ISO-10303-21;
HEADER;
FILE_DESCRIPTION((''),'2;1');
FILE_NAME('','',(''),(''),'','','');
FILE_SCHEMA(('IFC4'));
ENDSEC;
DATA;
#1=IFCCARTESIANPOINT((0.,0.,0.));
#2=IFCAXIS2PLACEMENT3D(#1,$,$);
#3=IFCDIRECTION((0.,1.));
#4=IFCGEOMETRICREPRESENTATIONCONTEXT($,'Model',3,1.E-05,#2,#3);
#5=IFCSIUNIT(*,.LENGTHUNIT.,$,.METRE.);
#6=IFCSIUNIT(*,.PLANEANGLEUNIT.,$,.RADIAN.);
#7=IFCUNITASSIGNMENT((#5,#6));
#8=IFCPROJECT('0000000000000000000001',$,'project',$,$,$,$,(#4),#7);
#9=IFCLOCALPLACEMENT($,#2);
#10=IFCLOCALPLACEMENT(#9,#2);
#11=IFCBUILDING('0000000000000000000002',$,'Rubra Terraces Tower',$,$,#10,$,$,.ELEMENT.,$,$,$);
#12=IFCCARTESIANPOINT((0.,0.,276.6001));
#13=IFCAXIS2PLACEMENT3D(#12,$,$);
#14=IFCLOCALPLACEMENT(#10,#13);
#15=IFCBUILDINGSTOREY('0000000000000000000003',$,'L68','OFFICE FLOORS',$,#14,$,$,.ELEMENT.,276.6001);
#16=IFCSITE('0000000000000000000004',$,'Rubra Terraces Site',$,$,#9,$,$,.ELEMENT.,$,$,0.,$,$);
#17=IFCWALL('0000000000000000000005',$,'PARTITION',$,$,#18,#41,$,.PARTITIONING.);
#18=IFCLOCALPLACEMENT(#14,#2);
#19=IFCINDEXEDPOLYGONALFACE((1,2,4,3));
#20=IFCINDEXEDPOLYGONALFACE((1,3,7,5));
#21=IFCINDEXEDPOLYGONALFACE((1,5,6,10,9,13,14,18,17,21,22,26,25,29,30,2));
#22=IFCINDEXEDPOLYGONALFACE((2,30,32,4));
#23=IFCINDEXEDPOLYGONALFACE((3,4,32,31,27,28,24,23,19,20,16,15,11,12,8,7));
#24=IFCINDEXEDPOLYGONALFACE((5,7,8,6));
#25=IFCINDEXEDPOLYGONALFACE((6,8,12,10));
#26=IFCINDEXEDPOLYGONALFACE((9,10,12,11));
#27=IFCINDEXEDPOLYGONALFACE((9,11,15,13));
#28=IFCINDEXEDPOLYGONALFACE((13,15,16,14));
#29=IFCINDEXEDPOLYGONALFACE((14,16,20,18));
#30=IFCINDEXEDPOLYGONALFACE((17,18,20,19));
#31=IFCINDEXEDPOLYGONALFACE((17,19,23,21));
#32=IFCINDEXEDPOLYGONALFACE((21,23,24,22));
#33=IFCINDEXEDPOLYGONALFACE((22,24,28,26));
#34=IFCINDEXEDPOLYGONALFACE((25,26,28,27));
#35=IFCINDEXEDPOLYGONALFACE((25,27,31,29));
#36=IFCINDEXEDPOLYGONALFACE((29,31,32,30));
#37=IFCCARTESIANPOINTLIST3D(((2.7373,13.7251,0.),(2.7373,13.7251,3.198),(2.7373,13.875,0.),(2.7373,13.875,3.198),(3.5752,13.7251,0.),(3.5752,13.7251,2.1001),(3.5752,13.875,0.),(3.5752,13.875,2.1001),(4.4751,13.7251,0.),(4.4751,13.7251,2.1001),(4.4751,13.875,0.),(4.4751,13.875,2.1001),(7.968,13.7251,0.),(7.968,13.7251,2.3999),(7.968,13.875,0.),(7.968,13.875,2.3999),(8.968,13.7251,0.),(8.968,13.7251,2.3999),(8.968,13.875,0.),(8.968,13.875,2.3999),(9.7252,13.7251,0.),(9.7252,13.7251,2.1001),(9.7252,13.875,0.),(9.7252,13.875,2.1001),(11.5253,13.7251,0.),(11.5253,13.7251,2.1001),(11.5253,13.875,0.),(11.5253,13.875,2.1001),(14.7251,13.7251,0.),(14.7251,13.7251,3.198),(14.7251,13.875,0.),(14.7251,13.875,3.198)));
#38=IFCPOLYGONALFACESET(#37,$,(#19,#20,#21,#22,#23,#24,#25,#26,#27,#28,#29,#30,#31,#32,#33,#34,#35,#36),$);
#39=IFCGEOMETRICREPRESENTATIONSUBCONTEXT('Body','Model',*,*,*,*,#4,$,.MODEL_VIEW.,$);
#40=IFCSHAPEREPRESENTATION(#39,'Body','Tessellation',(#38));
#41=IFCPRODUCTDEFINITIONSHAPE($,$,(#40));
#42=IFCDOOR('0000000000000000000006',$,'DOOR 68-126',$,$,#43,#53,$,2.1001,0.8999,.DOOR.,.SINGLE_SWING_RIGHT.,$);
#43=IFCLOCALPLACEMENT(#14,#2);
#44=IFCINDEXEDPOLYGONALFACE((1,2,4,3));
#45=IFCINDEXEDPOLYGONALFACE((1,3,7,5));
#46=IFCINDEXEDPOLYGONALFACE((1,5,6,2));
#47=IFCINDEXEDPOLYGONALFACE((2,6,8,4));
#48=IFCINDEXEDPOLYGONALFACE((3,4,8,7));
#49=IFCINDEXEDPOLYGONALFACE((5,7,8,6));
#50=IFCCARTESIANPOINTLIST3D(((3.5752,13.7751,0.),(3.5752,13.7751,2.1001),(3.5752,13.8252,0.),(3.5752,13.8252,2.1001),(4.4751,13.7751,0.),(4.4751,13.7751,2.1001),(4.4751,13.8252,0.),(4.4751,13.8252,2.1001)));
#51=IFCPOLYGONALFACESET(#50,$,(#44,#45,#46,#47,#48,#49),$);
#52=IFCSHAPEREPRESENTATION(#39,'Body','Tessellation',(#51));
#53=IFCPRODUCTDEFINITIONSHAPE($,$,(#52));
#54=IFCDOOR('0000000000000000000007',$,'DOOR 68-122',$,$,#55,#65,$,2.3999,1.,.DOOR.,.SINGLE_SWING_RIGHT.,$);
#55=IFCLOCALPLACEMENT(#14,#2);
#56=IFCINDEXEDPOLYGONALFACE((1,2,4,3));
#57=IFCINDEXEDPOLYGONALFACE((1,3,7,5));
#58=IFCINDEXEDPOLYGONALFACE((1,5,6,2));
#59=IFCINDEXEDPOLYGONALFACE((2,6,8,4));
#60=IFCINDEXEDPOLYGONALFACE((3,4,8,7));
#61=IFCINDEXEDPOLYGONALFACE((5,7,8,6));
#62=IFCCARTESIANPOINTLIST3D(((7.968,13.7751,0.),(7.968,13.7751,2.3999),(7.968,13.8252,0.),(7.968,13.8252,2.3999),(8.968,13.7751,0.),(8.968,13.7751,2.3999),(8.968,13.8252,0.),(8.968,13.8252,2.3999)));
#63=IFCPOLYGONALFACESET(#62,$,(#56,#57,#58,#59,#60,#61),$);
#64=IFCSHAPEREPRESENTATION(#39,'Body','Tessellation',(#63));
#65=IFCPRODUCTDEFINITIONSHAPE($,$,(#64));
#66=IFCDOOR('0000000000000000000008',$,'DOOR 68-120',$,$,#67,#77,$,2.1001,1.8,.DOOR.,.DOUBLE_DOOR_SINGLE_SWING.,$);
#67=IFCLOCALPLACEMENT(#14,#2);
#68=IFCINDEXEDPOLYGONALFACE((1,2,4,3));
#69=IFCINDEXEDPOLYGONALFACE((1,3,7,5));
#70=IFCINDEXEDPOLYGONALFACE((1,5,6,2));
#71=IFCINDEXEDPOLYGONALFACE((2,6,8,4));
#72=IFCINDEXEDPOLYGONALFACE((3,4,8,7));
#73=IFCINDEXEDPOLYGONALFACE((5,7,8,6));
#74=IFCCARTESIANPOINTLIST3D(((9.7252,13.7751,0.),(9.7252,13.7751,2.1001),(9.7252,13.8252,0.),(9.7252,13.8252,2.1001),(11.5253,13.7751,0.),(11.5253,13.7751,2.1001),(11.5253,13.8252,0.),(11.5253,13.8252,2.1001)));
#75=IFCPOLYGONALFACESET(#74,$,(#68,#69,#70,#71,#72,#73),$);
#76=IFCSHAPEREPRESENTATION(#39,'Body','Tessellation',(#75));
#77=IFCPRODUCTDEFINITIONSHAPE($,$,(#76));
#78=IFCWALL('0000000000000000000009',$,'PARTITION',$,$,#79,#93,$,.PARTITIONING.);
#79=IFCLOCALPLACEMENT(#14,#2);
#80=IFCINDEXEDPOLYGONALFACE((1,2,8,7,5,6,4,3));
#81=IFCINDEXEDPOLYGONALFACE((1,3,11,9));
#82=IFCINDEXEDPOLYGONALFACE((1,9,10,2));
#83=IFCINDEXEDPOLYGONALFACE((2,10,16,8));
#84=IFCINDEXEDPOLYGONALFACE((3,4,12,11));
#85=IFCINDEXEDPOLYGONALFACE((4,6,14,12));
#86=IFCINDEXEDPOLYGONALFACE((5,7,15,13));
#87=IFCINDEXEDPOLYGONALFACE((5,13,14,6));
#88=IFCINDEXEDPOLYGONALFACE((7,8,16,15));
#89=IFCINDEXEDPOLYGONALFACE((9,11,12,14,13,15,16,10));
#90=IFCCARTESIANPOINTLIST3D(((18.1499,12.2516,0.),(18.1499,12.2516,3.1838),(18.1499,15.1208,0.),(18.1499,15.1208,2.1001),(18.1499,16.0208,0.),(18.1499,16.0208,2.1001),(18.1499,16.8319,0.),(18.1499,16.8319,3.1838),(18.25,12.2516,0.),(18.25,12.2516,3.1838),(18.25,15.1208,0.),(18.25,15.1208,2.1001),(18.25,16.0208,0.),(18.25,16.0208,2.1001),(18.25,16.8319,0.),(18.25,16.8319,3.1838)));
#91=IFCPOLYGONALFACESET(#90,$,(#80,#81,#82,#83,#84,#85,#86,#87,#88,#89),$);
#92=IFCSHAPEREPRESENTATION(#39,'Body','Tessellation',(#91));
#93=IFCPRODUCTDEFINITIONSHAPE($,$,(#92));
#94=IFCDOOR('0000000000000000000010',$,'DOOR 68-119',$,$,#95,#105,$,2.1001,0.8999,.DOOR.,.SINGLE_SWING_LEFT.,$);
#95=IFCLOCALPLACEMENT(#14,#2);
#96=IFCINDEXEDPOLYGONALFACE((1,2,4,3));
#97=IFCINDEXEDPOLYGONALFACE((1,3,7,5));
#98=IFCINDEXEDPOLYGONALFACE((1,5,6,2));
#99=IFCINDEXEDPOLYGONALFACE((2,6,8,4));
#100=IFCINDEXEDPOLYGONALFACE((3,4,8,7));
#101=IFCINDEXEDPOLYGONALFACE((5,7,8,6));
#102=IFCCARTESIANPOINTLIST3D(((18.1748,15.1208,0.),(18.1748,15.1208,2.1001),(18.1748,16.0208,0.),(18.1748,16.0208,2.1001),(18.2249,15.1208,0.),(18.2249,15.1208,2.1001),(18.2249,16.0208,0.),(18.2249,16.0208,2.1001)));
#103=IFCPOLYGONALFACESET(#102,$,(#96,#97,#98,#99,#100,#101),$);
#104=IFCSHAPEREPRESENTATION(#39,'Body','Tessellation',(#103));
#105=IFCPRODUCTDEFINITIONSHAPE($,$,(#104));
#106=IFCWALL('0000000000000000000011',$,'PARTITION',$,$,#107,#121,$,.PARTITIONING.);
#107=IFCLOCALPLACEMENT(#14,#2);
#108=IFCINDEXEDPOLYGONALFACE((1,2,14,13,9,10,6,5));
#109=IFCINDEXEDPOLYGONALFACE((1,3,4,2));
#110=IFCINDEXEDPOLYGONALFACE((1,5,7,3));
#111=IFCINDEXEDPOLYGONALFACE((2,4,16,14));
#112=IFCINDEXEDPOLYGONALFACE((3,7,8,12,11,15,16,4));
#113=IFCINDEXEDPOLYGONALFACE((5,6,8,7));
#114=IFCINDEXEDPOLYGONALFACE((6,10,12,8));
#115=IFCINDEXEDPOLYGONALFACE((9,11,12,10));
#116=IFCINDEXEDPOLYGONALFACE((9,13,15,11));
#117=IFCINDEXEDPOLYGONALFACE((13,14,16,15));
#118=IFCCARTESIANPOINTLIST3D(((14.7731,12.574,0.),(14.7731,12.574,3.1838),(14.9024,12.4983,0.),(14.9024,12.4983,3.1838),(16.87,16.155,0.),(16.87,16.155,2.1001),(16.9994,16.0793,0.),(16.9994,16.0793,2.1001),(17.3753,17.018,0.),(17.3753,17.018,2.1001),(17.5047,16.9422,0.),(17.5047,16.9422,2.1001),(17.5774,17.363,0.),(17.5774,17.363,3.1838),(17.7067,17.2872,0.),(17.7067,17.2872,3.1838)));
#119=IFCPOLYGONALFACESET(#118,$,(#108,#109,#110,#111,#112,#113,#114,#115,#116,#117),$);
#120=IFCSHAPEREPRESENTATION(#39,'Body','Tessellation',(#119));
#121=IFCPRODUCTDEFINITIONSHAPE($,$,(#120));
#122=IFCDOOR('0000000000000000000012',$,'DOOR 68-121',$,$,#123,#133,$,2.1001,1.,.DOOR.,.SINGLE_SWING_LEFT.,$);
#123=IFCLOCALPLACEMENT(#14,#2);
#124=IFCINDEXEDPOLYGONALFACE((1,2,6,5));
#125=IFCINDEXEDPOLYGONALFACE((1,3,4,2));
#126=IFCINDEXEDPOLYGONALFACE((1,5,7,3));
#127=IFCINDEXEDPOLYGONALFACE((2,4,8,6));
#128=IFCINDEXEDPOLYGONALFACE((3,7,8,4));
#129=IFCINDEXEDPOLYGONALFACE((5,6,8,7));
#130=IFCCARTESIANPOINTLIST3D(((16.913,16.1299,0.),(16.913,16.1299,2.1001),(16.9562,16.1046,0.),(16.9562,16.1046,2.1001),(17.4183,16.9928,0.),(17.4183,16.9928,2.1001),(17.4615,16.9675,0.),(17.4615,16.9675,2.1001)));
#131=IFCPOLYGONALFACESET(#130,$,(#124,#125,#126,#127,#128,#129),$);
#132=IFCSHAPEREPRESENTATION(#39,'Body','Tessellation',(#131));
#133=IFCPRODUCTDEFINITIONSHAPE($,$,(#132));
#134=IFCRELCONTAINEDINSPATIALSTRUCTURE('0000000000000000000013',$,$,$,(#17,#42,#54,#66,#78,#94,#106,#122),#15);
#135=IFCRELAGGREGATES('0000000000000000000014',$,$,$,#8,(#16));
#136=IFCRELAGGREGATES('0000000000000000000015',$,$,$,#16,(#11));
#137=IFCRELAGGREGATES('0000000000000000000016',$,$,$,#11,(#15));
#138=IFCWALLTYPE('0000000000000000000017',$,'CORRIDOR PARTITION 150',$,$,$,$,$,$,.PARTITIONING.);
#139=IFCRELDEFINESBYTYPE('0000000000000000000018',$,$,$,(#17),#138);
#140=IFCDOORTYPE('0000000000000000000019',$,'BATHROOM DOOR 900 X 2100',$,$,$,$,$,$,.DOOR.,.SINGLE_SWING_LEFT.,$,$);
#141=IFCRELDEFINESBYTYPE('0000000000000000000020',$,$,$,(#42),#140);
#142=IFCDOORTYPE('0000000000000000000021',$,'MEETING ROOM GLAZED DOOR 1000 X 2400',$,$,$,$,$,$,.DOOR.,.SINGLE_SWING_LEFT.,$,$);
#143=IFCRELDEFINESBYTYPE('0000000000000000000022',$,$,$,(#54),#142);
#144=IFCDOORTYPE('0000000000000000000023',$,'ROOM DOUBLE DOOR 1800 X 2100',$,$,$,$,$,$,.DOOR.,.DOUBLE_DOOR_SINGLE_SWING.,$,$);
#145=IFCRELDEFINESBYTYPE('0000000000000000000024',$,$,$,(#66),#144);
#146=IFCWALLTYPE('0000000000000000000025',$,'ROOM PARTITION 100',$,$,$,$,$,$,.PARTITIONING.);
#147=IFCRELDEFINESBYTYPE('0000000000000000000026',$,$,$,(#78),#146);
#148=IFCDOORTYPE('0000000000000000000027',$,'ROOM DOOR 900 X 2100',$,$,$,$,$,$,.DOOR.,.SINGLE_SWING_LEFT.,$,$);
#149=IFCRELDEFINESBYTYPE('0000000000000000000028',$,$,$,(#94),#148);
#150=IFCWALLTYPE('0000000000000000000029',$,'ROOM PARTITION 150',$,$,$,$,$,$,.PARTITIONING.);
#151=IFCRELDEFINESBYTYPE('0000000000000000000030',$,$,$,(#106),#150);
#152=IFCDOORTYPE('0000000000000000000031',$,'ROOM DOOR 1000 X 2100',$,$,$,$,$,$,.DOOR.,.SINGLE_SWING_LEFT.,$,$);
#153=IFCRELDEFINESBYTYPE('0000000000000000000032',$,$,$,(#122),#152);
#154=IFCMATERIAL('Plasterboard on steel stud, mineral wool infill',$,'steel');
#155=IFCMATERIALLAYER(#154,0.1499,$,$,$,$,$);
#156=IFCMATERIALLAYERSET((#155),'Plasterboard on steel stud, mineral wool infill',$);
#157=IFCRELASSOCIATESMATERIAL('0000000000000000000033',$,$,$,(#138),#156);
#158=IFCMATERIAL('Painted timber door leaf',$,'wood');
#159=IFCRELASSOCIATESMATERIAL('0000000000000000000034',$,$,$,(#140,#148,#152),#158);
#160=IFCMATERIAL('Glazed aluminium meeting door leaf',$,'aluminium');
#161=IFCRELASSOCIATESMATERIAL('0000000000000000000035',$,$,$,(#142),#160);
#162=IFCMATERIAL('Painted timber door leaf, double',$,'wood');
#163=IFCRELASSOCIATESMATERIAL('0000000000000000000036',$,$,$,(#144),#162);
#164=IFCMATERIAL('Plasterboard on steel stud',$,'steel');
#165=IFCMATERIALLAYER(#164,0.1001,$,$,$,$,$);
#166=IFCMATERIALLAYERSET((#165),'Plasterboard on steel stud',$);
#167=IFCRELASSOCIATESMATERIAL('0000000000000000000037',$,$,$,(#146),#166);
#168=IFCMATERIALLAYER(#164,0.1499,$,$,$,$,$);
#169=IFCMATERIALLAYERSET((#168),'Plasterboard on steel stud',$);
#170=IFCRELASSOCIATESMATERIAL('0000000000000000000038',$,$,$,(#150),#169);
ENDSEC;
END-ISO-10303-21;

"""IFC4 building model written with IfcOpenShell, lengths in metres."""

from ifc_helpers import new_model, si_unit, direction, frame, frame_2d, origin, place, context, subcontext, project, spatial, rectangle, extrude, material, layer, layer_set, type_object, element, fill, save


model = new_model("IFC4")

# Units and contexts
model_context = context("Model", 3, precision=1e-05, world=origin(), true_north=direction((0.0, 1.0)))
body_context = subcontext(model_context, "Body", "Model", "MODEL_VIEW")
ifc_project = project(units=[si_unit("LENGTHUNIT", "METRE"), si_unit("PLANEANGLEUNIT", "RADIAN")], contexts=[model_context])

# Site, building, storey
site_placement = place(None, origin())
site = spatial("IfcSite", under=ifc_project, at=site_placement, Name="Rubra Terraces Site", CompositionType="ELEMENT", RefElevation=0.0)
building_placement = place(site_placement, origin())
building = spatial("IfcBuilding", under=site, at=building_placement, Name="Rubra Terraces Tower", CompositionType="ELEMENT")
storey_placement = place(building_placement, frame((0.0, 0.0, 276.6001)))
storey = spatial("IfcBuildingStorey", under=building, at=storey_placement, Name="L68", Description="OFFICE FLOORS", CompositionType="ELEMENT", Elevation=276.6001)

# Shared definitions
ifc_material_1 = material(Name="Plasterboard on steel stud, mineral wool infill", Category="steel")
ifc_layer_1 = layer(ifc_material_1, 0.1499)
ifc_layer_set_1 = layer_set([ifc_layer_1], Name="Plasterboard on steel stud, mineral wool infill")
wall_type_1 = type_object("IfcWallType", Name="CORRIDOR PARTITION 150", PredefinedType="PARTITIONING", material=ifc_layer_set_1)

# Wall, openings, doors
wall_1_placement = place(storey_placement, frame((14.7251, 13.8, 0.0), z_axis=(0.0, 0.0, 1.0), x_axis=(-1.0, 0.0, 0.0)))
wall_1 = element("IfcWall", 1, at=wall_1_placement, inside=storey, type_object=wall_type_1, Name="PARTITION", PredefinedType="PARTITIONING", context=body_context, shape_type="SweptSolid", body=[
    extrude(rectangle(XDim=11.9878, YDim=0.1499, at=frame_2d((5.9939, 0.0))), origin(), (0.0, 0.0, 1.0), 3.198),
])
opening_1_placement = place(wall_1_placement, frame((3.2, 0.0, 0.0)))
opening_1 = element("IfcOpeningElement", 2, at=opening_1_placement, cuts=wall_1, PredefinedType="OPENING", context=body_context, shape_type="SweptSolid", body=[
    extrude(rectangle(XDim=1.8, YDim=2.1001, at=frame_2d((0.8999, 1.05))), frame((0.0, 0.085, 0.0), z_axis=(0.0, -1.0, 0.0), x_axis=(1.0, 0.0, 0.0)), (0.0, 0.0, 1.0), 0.1699),
])
opening_2_placement = place(wall_1_placement, frame((5.7571, 0.0, 0.0)))
opening_2 = element("IfcOpeningElement", 3, at=opening_2_placement, cuts=wall_1, PredefinedType="OPENING", context=body_context, shape_type="SweptSolid", body=[
    extrude(rectangle(XDim=1.0, YDim=2.3999, at=frame_2d((0.5, 1.2))), frame((0.0, 0.085, 0.0), z_axis=(0.0, -1.0, 0.0), x_axis=(1.0, 0.0, 0.0)), (0.0, 0.0, 1.0), 0.1699),
])
opening_3_placement = place(wall_1_placement, frame((10.25, 0.0, 0.0)))
opening_3 = element("IfcOpeningElement", 4, at=opening_3_placement, cuts=wall_1, PredefinedType="OPENING", context=body_context, shape_type="SweptSolid", body=[
    extrude(rectangle(XDim=0.8999, YDim=2.1001, at=frame_2d((0.45, 1.05))), frame((0.0, 0.085, 0.0), z_axis=(0.0, -1.0, 0.0), x_axis=(1.0, 0.0, 0.0)), (0.0, 0.0, 1.0), 0.1699),
])
ifc_material_2 = material(Name="Painted timber door leaf", Category="wood")
door_type_1 = type_object("IfcDoorType", Name="BATHROOM DOOR 900 X 2100", OperationType="SINGLE_SWING_LEFT", PredefinedType="DOOR", material=ifc_material_2)
door_1_placement = place(opening_3_placement, origin())
door_1 = element("IfcDoor", 5, at=door_1_placement, inside=storey, type_object=door_type_1, Name="DOOR 68-126", OperationType="SINGLE_SWING_RIGHT", OverallHeight=2.1001, OverallWidth=0.8999, PredefinedType="DOOR", context=body_context, shape_type="SweptSolid", body=[
    extrude(rectangle(XDim=0.8999, YDim=2.1001, at=frame_2d((0.45, 1.05))), frame((0.0, 0.0249, 0.0), z_axis=(0.0, -1.0, 0.0), x_axis=(1.0, 0.0, 0.0)), (0.0, 0.0, 1.0), 0.05),
])
fill(opening_3, door_1)
ifc_material_3 = material(Name="Glazed aluminium meeting door leaf", Category="aluminium")
door_type_2 = type_object("IfcDoorType", Name="MEETING ROOM GLAZED DOOR 1000 X 2400", OperationType="SINGLE_SWING_LEFT", PredefinedType="DOOR", material=ifc_material_3)
door_2_placement = place(opening_2_placement, origin())
door_2 = element("IfcDoor", 6, at=door_2_placement, inside=storey, type_object=door_type_2, Name="DOOR 68-122", OperationType="SINGLE_SWING_RIGHT", OverallHeight=2.3999, OverallWidth=1.0, PredefinedType="DOOR", context=body_context, shape_type="SweptSolid", body=[
    extrude(rectangle(XDim=1.0, YDim=2.3999, at=frame_2d((0.5, 1.2))), frame((0.0, 0.0249, 0.0), z_axis=(0.0, -1.0, 0.0), x_axis=(1.0, 0.0, 0.0)), (0.0, 0.0, 1.0), 0.05),
])
fill(opening_2, door_2)
ifc_material_4 = material(Name="Painted timber door leaf, double", Category="wood")
door_type_3 = type_object("IfcDoorType", Name="ROOM DOUBLE DOOR 1800 X 2100", OperationType="DOUBLE_DOOR_SINGLE_SWING", PredefinedType="DOOR", material=ifc_material_4)
door_3_placement = place(opening_1_placement, origin())
door_3 = element("IfcDoor", 7, at=door_3_placement, inside=storey, type_object=door_type_3, Name="DOOR 68-120", OperationType="DOUBLE_DOOR_SINGLE_SWING", OverallHeight=2.1001, OverallWidth=1.8, PredefinedType="DOOR", context=body_context, shape_type="SweptSolid", body=[
    extrude(rectangle(XDim=1.8, YDim=2.1001, at=frame_2d((0.8999, 1.05))), frame((0.0, 0.0249, 0.0), z_axis=(0.0, -1.0, 0.0), x_axis=(1.0, 0.0, 0.0)), (0.0, 0.0, 1.0), 0.05),
])
fill(opening_1, door_3)

# Walls, openings, doors
ifc_material_5 = material(Name="Plasterboard on steel stud", Category="steel")
ifc_layer_2 = layer(ifc_material_5, 0.1001)
ifc_layer_set_2 = layer_set([ifc_layer_2], Name="Plasterboard on steel stud")
wall_type_2 = type_object("IfcWallType", Name="ROOM PARTITION 100", PredefinedType="PARTITIONING", material=ifc_layer_set_2)
wall_2_placement = place(storey_placement, frame((18.2, 16.8318, 0.0), z_axis=(0.0, 0.0, 1.0), x_axis=(0.0, -1.0, 0.0)))
wall_2 = element("IfcWall", 8, at=wall_2_placement, inside=storey, type_object=wall_type_2, Name="PARTITION", PredefinedType="PARTITIONING", context=body_context, shape_type="SweptSolid", body=[
    extrude(rectangle(XDim=4.5803, YDim=0.1001, at=frame_2d((2.29, 0.0))), origin(), (0.0, 0.0, 1.0), 3.1838),
])
opening_4_placement = place(wall_2_placement, frame((0.811, 0.0, 0.0)))
opening_4 = element("IfcOpeningElement", 9, at=opening_4_placement, cuts=wall_2, PredefinedType="OPENING", context=body_context, shape_type="SweptSolid", body=[
    extrude(rectangle(XDim=0.8999, YDim=2.1001, at=frame_2d((0.45, 1.05))), frame((0.0, 0.0601, 0.0), z_axis=(0.0, -1.0, 0.0), x_axis=(1.0, 0.0, 0.0)), (0.0, 0.0, 1.0), 0.1201),
])
door_type_4 = type_object("IfcDoorType", Name="ROOM DOOR 900 X 2100", OperationType="SINGLE_SWING_LEFT", PredefinedType="DOOR", material=ifc_material_2)
door_4_placement = place(opening_4_placement, origin())
door_4 = element("IfcDoor", 10, at=door_4_placement, inside=storey, type_object=door_type_4, Name="DOOR 68-119", OperationType="SINGLE_SWING_LEFT", OverallHeight=2.1001, OverallWidth=0.8999, PredefinedType="DOOR", context=body_context, shape_type="SweptSolid", body=[
    extrude(rectangle(XDim=0.8999, YDim=2.1001, at=frame_2d((0.45, 1.05))), frame((0.0, 0.0249, 0.0), z_axis=(0.0, -1.0, 0.0), x_axis=(1.0, 0.0, 0.0)), (0.0, 0.0, 1.0), 0.05),
])
fill(opening_4, door_4)
ifc_layer_3 = layer(ifc_material_5, 0.1499)
ifc_layer_set_3 = layer_set([ifc_layer_3], Name="Plasterboard on steel stud")
wall_type_3 = type_object("IfcWallType", Name="ROOM PARTITION 150", PredefinedType="PARTITIONING", material=ifc_layer_set_3)
wall_3_placement = place(storey_placement, frame((17.6421, 17.3252, 0.0), z_axis=(0.0, 0.0, 1.0), x_axis=(-0.505312, -0.862937, 0.0)))
wall_3 = element("IfcWall", 11, at=wall_3_placement, inside=storey, type_object=wall_type_3, Name="PARTITION", PredefinedType="PARTITIONING", context=body_context, shape_type="SweptSolid", body=[
    extrude(rectangle(XDim=5.5496, YDim=0.1499, at=frame_2d((2.7749, 0.0))), origin(), (0.0, 0.0, 1.0), 3.1838),
])
opening_5_placement = place(wall_3_placement, frame((0.3999, 0.0, 0.0)))
opening_5 = element("IfcOpeningElement", 12, at=opening_5_placement, cuts=wall_3, PredefinedType="OPENING", context=body_context, shape_type="SweptSolid", body=[
    extrude(rectangle(XDim=1.0, YDim=2.1001, at=frame_2d((0.5, 1.05))), frame((0.0, 0.085, 0.0), z_axis=(0.0, -1.0, 0.0), x_axis=(1.0, 0.0, 0.0)), (0.0, 0.0, 1.0), 0.1699),
])
door_type_5 = type_object("IfcDoorType", Name="ROOM DOOR 1000 X 2100", OperationType="SINGLE_SWING_LEFT", PredefinedType="DOOR", material=ifc_material_2)
door_5_placement = place(opening_5_placement, origin())
door_5 = element("IfcDoor", 13, at=door_5_placement, inside=storey, type_object=door_type_5, Name="DOOR 68-121", OperationType="SINGLE_SWING_LEFT", OverallHeight=2.1001, OverallWidth=1.0, PredefinedType="DOOR", context=body_context, shape_type="SweptSolid", body=[
    extrude(rectangle(XDim=1.0, YDim=2.1001, at=frame_2d((0.5, 1.05))), frame((0.0, 0.0249, 0.0), z_axis=(0.0, -1.0, 0.0), x_axis=(1.0, 0.0, 0.0)), (0.0, 0.0, 1.0), 0.05),
])
fill(opening_5, door_5)

save(model, "model.ifc")
